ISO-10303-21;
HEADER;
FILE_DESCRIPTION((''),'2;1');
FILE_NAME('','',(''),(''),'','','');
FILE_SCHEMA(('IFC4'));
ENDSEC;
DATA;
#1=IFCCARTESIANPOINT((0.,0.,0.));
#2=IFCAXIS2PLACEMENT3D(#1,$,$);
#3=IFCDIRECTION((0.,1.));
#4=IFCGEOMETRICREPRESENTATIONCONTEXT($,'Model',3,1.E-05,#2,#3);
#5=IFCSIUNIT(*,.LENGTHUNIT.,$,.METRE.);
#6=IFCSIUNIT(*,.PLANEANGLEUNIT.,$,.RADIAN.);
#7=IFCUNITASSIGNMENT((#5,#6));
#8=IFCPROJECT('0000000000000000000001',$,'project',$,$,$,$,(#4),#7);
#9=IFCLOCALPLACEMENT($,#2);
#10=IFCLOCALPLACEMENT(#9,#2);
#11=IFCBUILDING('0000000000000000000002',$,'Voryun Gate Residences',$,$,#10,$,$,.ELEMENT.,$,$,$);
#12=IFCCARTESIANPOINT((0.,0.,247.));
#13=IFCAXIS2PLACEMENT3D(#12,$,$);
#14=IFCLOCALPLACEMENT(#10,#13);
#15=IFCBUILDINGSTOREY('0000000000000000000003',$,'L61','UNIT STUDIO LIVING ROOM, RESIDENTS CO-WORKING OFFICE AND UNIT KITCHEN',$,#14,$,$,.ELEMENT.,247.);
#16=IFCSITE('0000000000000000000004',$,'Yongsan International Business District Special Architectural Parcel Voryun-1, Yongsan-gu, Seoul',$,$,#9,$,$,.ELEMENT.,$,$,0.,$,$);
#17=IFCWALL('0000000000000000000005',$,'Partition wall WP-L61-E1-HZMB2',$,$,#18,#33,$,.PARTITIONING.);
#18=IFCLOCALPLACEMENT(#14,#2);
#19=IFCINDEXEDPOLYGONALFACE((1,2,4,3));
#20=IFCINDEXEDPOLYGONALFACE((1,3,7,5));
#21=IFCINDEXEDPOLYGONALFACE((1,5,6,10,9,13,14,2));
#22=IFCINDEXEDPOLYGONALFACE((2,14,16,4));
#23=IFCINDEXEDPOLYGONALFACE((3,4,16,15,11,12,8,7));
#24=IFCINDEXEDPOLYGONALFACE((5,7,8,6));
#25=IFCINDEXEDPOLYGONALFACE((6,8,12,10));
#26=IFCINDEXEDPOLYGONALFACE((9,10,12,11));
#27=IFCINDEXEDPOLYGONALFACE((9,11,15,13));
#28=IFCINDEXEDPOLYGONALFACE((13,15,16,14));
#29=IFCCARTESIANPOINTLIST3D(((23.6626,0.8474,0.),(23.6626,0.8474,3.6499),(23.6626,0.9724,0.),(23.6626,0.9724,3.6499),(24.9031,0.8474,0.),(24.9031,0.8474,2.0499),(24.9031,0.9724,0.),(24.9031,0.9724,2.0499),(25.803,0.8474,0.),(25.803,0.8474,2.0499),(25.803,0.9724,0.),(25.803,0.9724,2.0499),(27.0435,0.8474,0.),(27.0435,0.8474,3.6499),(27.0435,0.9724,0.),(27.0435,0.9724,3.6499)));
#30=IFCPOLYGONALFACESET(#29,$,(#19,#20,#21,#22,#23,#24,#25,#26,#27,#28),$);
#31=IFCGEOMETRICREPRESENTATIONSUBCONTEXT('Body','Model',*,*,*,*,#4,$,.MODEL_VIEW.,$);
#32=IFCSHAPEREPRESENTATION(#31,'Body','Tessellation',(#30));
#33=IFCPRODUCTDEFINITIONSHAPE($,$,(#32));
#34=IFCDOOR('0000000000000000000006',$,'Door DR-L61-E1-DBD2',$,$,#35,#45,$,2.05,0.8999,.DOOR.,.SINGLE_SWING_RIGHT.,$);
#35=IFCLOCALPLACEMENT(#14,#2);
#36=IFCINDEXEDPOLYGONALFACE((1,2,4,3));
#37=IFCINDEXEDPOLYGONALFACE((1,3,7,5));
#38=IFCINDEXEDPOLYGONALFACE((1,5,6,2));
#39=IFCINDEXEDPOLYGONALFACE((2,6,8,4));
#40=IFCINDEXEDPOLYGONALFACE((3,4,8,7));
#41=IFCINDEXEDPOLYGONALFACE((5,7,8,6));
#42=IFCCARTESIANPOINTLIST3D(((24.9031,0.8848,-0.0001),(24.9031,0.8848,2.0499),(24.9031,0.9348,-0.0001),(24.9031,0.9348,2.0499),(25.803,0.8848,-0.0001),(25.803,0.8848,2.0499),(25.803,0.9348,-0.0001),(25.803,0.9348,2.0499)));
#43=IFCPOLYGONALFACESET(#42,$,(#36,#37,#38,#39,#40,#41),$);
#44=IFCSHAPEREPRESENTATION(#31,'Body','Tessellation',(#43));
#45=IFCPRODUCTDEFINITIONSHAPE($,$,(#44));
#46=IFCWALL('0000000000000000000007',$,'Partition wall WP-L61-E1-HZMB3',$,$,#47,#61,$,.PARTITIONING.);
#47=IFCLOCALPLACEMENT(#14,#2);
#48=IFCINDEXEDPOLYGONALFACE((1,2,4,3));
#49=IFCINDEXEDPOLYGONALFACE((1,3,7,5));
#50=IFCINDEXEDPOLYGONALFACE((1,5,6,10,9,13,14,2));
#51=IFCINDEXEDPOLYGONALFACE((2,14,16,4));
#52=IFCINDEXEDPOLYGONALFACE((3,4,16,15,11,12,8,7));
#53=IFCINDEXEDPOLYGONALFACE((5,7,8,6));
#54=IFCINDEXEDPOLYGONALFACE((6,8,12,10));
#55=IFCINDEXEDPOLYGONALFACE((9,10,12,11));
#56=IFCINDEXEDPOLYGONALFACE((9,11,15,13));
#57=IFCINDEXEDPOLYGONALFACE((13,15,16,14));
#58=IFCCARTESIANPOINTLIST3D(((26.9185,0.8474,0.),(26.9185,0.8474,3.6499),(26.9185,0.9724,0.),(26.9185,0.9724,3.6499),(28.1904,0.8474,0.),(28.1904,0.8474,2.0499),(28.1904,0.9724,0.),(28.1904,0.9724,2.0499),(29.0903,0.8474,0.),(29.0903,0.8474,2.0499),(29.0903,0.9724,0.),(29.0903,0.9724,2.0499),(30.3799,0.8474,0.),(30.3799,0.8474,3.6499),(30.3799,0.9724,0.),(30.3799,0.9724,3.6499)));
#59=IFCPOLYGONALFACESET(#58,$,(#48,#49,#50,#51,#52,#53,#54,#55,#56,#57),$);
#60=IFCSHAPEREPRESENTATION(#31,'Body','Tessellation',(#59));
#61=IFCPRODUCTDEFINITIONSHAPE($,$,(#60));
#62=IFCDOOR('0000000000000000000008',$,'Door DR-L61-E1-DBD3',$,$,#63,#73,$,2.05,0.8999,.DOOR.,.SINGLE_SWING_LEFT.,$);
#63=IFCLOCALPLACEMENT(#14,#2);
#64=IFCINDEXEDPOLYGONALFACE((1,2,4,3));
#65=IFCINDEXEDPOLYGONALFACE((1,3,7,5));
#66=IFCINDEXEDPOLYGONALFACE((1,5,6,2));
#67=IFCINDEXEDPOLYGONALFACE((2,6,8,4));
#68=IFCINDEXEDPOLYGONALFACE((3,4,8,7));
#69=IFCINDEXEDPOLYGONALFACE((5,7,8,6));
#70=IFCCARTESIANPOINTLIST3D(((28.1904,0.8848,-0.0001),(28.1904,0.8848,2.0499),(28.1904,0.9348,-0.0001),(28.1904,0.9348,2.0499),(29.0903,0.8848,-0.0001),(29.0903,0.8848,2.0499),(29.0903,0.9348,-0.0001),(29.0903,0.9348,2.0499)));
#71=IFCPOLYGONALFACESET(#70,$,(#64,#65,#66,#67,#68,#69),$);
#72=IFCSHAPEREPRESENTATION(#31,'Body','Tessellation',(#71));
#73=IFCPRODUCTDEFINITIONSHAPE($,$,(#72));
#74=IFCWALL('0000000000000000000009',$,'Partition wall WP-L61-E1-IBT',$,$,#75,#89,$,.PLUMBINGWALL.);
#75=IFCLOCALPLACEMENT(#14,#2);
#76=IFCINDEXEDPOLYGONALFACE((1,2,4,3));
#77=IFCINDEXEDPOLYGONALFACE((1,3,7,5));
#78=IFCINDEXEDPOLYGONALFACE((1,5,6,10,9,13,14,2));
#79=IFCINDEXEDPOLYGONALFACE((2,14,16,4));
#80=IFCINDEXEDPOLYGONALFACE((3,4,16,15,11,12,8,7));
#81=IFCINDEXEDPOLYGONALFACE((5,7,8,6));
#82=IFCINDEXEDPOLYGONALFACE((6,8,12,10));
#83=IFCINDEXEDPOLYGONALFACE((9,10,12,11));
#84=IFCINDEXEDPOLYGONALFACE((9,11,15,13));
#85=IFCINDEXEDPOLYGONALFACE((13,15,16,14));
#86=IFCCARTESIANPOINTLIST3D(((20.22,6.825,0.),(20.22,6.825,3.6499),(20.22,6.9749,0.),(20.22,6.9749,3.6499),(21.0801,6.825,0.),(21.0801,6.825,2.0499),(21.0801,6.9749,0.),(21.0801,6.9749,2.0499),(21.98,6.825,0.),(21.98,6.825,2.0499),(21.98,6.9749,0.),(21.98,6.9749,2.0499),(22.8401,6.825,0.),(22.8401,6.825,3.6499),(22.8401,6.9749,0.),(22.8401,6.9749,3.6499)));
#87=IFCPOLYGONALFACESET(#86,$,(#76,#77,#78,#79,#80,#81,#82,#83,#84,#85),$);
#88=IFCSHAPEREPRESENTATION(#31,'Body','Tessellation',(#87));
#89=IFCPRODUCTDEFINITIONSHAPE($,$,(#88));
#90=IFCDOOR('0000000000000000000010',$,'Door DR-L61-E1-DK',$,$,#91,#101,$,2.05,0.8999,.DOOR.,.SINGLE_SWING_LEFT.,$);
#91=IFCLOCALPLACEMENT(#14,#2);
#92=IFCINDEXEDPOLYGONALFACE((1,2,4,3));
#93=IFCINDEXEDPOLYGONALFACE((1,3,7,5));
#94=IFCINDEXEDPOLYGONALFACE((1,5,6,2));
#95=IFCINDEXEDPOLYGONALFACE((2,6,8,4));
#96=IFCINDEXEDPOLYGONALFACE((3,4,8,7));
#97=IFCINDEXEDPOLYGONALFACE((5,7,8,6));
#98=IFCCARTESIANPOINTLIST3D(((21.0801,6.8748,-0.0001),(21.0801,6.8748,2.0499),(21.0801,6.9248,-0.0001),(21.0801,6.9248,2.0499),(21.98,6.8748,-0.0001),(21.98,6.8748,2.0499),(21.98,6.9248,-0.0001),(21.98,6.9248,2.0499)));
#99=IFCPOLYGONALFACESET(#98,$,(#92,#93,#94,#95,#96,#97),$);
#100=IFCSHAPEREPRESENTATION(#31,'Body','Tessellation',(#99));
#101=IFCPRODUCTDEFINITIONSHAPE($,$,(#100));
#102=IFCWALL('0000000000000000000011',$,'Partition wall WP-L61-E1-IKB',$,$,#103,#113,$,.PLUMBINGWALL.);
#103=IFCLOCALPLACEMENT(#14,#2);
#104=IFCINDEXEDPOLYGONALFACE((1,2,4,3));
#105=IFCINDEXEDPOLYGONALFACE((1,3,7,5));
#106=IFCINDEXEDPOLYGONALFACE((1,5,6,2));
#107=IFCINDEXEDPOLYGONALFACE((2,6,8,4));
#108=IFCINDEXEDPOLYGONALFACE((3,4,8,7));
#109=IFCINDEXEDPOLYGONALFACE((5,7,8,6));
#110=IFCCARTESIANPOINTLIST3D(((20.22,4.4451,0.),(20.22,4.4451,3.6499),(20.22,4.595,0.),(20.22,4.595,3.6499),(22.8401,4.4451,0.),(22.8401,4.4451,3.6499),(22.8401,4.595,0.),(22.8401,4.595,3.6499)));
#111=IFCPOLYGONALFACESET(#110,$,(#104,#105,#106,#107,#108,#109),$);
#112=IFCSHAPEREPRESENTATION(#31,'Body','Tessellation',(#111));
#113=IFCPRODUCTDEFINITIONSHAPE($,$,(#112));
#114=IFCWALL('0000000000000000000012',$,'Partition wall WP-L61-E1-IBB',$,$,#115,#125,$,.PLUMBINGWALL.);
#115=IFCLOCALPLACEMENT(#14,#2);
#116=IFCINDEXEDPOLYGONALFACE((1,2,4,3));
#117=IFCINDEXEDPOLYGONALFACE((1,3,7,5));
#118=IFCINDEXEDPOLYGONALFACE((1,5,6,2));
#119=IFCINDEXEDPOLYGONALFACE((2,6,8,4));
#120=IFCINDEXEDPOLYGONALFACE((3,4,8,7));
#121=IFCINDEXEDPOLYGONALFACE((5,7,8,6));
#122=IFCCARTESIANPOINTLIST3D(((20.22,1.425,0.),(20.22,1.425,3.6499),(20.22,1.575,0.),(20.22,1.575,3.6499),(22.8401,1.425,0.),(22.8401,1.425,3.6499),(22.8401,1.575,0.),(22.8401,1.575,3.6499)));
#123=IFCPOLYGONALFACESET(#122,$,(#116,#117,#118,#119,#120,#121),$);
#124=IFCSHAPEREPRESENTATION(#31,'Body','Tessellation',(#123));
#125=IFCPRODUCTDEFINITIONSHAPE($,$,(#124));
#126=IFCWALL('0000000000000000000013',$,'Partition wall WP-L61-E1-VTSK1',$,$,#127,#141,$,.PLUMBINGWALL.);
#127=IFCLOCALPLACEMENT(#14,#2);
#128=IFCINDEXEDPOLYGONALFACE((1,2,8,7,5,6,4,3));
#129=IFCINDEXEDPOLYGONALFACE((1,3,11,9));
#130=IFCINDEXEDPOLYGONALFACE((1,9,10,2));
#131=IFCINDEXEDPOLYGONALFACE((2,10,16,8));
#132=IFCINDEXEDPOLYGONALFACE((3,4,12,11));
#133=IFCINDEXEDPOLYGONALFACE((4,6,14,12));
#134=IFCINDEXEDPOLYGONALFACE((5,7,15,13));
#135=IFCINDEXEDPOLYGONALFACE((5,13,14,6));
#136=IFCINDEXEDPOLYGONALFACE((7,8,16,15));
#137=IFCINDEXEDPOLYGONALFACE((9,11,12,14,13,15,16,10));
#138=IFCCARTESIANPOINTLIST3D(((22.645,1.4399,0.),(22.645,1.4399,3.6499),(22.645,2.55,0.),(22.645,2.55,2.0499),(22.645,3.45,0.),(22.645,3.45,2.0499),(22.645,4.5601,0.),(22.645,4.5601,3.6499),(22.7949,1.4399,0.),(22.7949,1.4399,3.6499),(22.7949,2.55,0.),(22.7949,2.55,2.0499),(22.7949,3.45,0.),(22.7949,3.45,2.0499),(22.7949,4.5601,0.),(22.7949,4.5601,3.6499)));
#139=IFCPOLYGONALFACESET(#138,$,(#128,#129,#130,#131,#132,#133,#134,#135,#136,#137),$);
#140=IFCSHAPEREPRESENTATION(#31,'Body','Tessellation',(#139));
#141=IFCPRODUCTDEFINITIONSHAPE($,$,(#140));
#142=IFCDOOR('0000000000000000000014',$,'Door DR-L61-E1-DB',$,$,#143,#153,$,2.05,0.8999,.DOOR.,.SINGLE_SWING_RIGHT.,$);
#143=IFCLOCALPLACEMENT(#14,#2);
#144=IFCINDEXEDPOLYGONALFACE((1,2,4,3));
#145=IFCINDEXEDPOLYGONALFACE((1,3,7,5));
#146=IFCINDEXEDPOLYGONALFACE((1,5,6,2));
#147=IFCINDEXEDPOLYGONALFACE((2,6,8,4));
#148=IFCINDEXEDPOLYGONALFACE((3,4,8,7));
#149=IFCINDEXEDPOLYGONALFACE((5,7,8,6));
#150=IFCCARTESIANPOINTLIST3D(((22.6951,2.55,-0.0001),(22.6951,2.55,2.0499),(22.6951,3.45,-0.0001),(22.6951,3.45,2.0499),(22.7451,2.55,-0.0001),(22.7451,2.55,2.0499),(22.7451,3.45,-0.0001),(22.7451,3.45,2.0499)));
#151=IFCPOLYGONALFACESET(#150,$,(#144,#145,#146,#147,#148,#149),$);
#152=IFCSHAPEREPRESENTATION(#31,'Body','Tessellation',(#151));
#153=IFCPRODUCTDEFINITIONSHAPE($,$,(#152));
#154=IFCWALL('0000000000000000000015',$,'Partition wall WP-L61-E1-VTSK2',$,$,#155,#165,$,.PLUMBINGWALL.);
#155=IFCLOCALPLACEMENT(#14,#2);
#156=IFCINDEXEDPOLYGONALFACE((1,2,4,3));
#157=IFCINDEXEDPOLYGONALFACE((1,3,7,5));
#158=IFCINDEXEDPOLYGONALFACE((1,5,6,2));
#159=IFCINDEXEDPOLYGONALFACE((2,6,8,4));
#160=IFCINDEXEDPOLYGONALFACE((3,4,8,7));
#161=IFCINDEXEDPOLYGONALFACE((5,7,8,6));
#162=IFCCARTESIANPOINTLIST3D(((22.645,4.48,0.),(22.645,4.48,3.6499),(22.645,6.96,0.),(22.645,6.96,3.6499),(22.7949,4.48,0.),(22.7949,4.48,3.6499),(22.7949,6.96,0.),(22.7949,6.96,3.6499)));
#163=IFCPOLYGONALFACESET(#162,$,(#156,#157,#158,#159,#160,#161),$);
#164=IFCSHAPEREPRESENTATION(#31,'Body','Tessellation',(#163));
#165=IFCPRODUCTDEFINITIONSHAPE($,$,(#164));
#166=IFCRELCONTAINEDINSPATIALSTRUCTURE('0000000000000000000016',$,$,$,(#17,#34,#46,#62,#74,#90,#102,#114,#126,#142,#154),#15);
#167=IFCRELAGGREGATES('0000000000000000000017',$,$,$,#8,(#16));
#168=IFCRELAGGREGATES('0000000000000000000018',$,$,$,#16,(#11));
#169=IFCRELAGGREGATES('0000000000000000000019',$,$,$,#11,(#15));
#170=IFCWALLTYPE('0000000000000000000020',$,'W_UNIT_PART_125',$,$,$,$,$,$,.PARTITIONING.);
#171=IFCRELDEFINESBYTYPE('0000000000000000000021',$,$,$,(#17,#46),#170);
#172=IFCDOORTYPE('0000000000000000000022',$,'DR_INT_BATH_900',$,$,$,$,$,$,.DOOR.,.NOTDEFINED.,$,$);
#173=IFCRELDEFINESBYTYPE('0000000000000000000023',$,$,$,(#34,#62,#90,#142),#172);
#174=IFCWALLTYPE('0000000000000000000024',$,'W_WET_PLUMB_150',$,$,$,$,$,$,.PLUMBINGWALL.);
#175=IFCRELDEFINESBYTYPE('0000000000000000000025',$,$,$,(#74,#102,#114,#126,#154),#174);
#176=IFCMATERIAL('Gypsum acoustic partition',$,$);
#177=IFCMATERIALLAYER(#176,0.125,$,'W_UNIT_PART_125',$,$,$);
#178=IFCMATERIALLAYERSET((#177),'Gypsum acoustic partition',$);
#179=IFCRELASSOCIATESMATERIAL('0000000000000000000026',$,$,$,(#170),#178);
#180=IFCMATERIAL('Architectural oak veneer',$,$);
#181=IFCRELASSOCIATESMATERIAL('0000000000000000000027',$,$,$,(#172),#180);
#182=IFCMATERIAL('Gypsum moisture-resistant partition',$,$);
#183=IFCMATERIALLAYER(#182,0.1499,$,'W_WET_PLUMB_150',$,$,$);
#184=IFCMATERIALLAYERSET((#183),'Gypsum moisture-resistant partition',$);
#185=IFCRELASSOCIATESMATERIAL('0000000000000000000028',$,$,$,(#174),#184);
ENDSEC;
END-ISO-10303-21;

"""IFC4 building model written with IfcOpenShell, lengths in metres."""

from ifc_helpers import new_model, si_unit, direction, frame, frame_2d, origin, place, context, subcontext, project, spatial, rectangle, extrude, material, layer, layer_set, type_object, element, fill, save


model = new_model("IFC4")

# Units and contexts
model_context = context("Model", 3, precision=1e-05, world=origin(), true_north=direction((0.0, 1.0)))
body_context = subcontext(model_context, "Body", "Model", "MODEL_VIEW")
ifc_project = project(units=[si_unit("LENGTHUNIT", "METRE"), si_unit("PLANEANGLEUNIT", "RADIAN")], contexts=[model_context])

# Site, building, storey
site_placement = place(None, origin())
site = spatial("IfcSite", under=ifc_project, at=site_placement, Name="Yongsan International Business District Special Architectural Parcel Voryun-1, Yongsan-gu, Seoul", CompositionType="ELEMENT", RefElevation=0.0)
building_placement = place(site_placement, origin())
building = spatial("IfcBuilding", under=site, at=building_placement, Name="Voryun Gate Residences", CompositionType="ELEMENT")
storey_placement = place(building_placement, frame((0.0, 0.0, 247.0)))
storey = spatial("IfcBuildingStorey", under=building, at=storey_placement, Name="L61", Description="UNIT STUDIO LIVING ROOM, RESIDENTS CO-WORKING OFFICE AND UNIT KITCHEN", CompositionType="ELEMENT", Elevation=247.0)

# Walls, openings, doors
ifc_material_1 = material(Name="Gypsum acoustic partition")
ifc_layer_1 = layer(ifc_material_1, 0.125, Name="W_UNIT_PART_125")
ifc_layer_set_1 = layer_set([ifc_layer_1], Name="Gypsum acoustic partition")
wall_type_1 = type_object("IfcWallType", Name="W_UNIT_PART_125", PredefinedType="PARTITIONING", material=ifc_layer_set_1)
ifc_material_2 = material(Name="Architectural oak veneer")
door_type_1 = type_object("IfcDoorType", Name="DR_INT_BATH_900", OperationType="NOTDEFINED", PredefinedType="DOOR", material=ifc_material_2)
wall_1_placement = place(storey_placement, frame((23.6626, 0.9099, 0.0), z_axis=(0.0, 0.0, 1.0), x_axis=(1.0, 0.0, 0.0)))
wall_1 = element("IfcWall", 1, at=wall_1_placement, inside=storey, type_object=wall_type_1, Name="Partition wall WP-L61-E1-HZMB2", PredefinedType="PARTITIONING", context=body_context, shape_type="SweptSolid", body=[
    extrude(rectangle(XDim=3.3809, YDim=0.125, at=frame_2d((1.6904, 0.0))), origin(), (0.0, 0.0, 1.0), 3.6499),
])
opening_1_placement = place(wall_1_placement, frame((1.2405, 0.0, 0.0)))
opening_1 = element("IfcOpeningElement", 2, at=opening_1_placement, cuts=wall_1, PredefinedType="OPENING", context=body_context, shape_type="SweptSolid", body=[
    extrude(rectangle(XDim=0.8999, YDim=2.05, at=frame_2d((0.45, 1.0249))), frame((0.0, 0.0725, 0.0), z_axis=(0.0, -1.0, 0.0), x_axis=(1.0, 0.0, 0.0)), (0.0, 0.0, 1.0), 0.145),
])
door_1_placement = place(opening_1_placement, origin())
door_1 = element("IfcDoor", 3, at=door_1_placement, inside=storey, type_object=door_type_1, Name="Door DR-L61-E1-DBD2", OperationType="SINGLE_SWING_RIGHT", OverallHeight=2.05, OverallWidth=0.8999, PredefinedType="DOOR", context=body_context, shape_type="SweptSolid", body=[
    extrude(rectangle(XDim=0.8999, YDim=2.05, at=frame_2d((0.45, 1.0249))), frame((0.0, 0.0249, 0.0), z_axis=(0.0, -1.0, 0.0), x_axis=(1.0, 0.0, 0.0)), (0.0, 0.0, 1.0), 0.05),
])
fill(opening_1, door_1)
wall_2_placement = place(storey_placement, frame((26.9185, 0.9099, 0.0), z_axis=(0.0, 0.0, 1.0), x_axis=(1.0, 0.0, 0.0)))
wall_2 = element("IfcWall", 4, at=wall_2_placement, inside=storey, type_object=wall_type_1, Name="Partition wall WP-L61-E1-HZMB3", PredefinedType="PARTITIONING", context=body_context, shape_type="SweptSolid", body=[
    extrude(rectangle(XDim=3.4614, YDim=0.125, at=frame_2d((1.7307, 0.0))), origin(), (0.0, 0.0, 1.0), 3.6499),
])
opening_2_placement = place(wall_2_placement, frame((1.272, 0.0, 0.0)))
opening_2 = element("IfcOpeningElement", 5, at=opening_2_placement, cuts=wall_2, PredefinedType="OPENING", context=body_context, shape_type="SweptSolid", body=[
    extrude(rectangle(XDim=0.8999, YDim=2.05, at=frame_2d((0.45, 1.0249))), frame((0.0, 0.0725, 0.0), z_axis=(0.0, -1.0, 0.0), x_axis=(1.0, 0.0, 0.0)), (0.0, 0.0, 1.0), 0.145),
])
door_2_placement = place(opening_2_placement, origin())
door_2 = element("IfcDoor", 6, at=door_2_placement, inside=storey, type_object=door_type_1, Name="Door DR-L61-E1-DBD3", OperationType="SINGLE_SWING_LEFT", OverallHeight=2.05, OverallWidth=0.8999, PredefinedType="DOOR", context=body_context, shape_type="SweptSolid", body=[
    extrude(rectangle(XDim=0.8999, YDim=2.05, at=frame_2d((0.45, 1.0249))), frame((0.0, 0.0249, 0.0), z_axis=(0.0, -1.0, 0.0), x_axis=(1.0, 0.0, 0.0)), (0.0, 0.0, 1.0), 0.05),
])
fill(opening_2, door_2)
ifc_material_3 = material(Name="Gypsum moisture-resistant partition")
ifc_layer_2 = layer(ifc_material_3, 0.1499, Name="W_WET_PLUMB_150")
ifc_layer_set_2 = layer_set([ifc_layer_2], Name="Gypsum moisture-resistant partition")
wall_type_2 = type_object("IfcWallType", Name="W_WET_PLUMB_150", PredefinedType="PLUMBINGWALL", material=ifc_layer_set_2)
wall_3_placement = place(storey_placement, frame((20.22, 6.8999, 0.0), z_axis=(0.0, 0.0, 1.0), x_axis=(1.0, 0.0, 0.0)))
wall_3 = element("IfcWall", 7, at=wall_3_placement, inside=storey, type_object=wall_type_2, Name="Partition wall WP-L61-E1-IBT", PredefinedType="PLUMBINGWALL", context=body_context, shape_type="SweptSolid", body=[
    extrude(rectangle(XDim=2.6201, YDim=0.1499, at=frame_2d((1.3101, 0.0))), origin(), (0.0, 0.0, 1.0), 3.6499),
])
opening_3_placement = place(wall_3_placement, frame((0.8601, 0.0, 0.0)))
opening_3 = element("IfcOpeningElement", 8, at=opening_3_placement, cuts=wall_3, PredefinedType="OPENING", context=body_context, shape_type="SweptSolid", body=[
    extrude(rectangle(XDim=0.8999, YDim=2.05, at=frame_2d((0.45, 1.0249))), frame((0.0, 0.085, 0.0), z_axis=(0.0, -1.0, 0.0), x_axis=(1.0, 0.0, 0.0)), (0.0, 0.0, 1.0), 0.1699),
])
door_3_placement = place(opening_3_placement, origin())
door_3 = element("IfcDoor", 9, at=door_3_placement, inside=storey, type_object=door_type_1, Name="Door DR-L61-E1-DK", OperationType="SINGLE_SWING_LEFT", OverallHeight=2.05, OverallWidth=0.8999, PredefinedType="DOOR", context=body_context, shape_type="SweptSolid", body=[
    extrude(rectangle(XDim=0.8999, YDim=2.05, at=frame_2d((0.45, 1.0249))), frame((0.0, 0.0249, 0.0), z_axis=(0.0, -1.0, 0.0), x_axis=(1.0, 0.0, 0.0)), (0.0, 0.0, 1.0), 0.05),
])
fill(opening_3, door_3)

# Walls
for number, where, z_axis, x_axis, name in (
    (10, (20.22, 4.52, 0.0), (0.0, 0.0, 1.0), (1.0, 0.0, 0.0), "Partition wall WP-L61-E1-IKB"),
    (11, (20.22, 1.5, 0.0), (0.0, 0.0, 1.0), (1.0, 0.0, 0.0), "Partition wall WP-L61-E1-IBB"),
):
    element("IfcWall", number, at=place(storey_placement, frame(where, z_axis=z_axis, x_axis=x_axis)), inside=storey, type_object=wall_type_2, Name=name, PredefinedType="PLUMBINGWALL", context=body_context, shape_type="SweptSolid", body=[
        extrude(rectangle(XDim=2.6201, YDim=0.1499, at=frame_2d((1.3101, 0.0))), origin(), (0.0, 0.0, 1.0), 3.6499),
    ])

# Wall, opening, door
wall_4_placement = place(storey_placement, frame((22.72, 1.4399, 0.0), z_axis=(0.0, 0.0, 1.0), x_axis=(0.0, 1.0, 0.0)))
wall_4 = element("IfcWall", 12, at=wall_4_placement, inside=storey, type_object=wall_type_2, Name="Partition wall WP-L61-E1-VTSK1", PredefinedType="PLUMBINGWALL", context=body_context, shape_type="SweptSolid", body=[
    extrude(rectangle(XDim=3.1201, YDim=0.1499, at=frame_2d((1.5601, 0.0))), origin(), (0.0, 0.0, 1.0), 3.6499),
])
opening_4_placement = place(wall_4_placement, frame((1.1101, 0.0, 0.0)))
opening_4 = element("IfcOpeningElement", 13, at=opening_4_placement, cuts=wall_4, PredefinedType="OPENING", context=body_context, shape_type="SweptSolid", body=[
    extrude(rectangle(XDim=0.8999, YDim=2.05, at=frame_2d((0.45, 1.0249))), frame((0.0, 0.085, 0.0), z_axis=(0.0, -1.0, 0.0), x_axis=(1.0, 0.0, 0.0)), (0.0, 0.0, 1.0), 0.1699),
])
door_4_placement = place(opening_4_placement, origin())
door_4 = element("IfcDoor", 14, at=door_4_placement, inside=storey, type_object=door_type_1, Name="Door DR-L61-E1-DB", OperationType="SINGLE_SWING_RIGHT", OverallHeight=2.05, OverallWidth=0.8999, PredefinedType="DOOR", context=body_context, shape_type="SweptSolid", body=[
    extrude(rectangle(XDim=0.8999, YDim=2.05, at=frame_2d((0.45, 1.0249))), frame((0.0, 0.0249, 0.0), z_axis=(0.0, -1.0, 0.0), x_axis=(1.0, 0.0, 0.0)), (0.0, 0.0, 1.0), 0.05),
])
fill(opening_4, door_4)

# Wall
wall_5_placement = place(storey_placement, frame((22.72, 4.48, 0.0), z_axis=(0.0, 0.0, 1.0), x_axis=(0.0, 1.0, 0.0)))
element("IfcWall", 15, at=wall_5_placement, inside=storey, type_object=wall_type_2, Name="Partition wall WP-L61-E1-VTSK2", PredefinedType="PLUMBINGWALL", context=body_context, shape_type="SweptSolid", body=[
    extrude(rectangle(XDim=2.48, YDim=0.1499, at=frame_2d((1.24, 0.0))), origin(), (0.0, 0.0, 1.0), 3.6499),
])

save(model, "model.ifc")
